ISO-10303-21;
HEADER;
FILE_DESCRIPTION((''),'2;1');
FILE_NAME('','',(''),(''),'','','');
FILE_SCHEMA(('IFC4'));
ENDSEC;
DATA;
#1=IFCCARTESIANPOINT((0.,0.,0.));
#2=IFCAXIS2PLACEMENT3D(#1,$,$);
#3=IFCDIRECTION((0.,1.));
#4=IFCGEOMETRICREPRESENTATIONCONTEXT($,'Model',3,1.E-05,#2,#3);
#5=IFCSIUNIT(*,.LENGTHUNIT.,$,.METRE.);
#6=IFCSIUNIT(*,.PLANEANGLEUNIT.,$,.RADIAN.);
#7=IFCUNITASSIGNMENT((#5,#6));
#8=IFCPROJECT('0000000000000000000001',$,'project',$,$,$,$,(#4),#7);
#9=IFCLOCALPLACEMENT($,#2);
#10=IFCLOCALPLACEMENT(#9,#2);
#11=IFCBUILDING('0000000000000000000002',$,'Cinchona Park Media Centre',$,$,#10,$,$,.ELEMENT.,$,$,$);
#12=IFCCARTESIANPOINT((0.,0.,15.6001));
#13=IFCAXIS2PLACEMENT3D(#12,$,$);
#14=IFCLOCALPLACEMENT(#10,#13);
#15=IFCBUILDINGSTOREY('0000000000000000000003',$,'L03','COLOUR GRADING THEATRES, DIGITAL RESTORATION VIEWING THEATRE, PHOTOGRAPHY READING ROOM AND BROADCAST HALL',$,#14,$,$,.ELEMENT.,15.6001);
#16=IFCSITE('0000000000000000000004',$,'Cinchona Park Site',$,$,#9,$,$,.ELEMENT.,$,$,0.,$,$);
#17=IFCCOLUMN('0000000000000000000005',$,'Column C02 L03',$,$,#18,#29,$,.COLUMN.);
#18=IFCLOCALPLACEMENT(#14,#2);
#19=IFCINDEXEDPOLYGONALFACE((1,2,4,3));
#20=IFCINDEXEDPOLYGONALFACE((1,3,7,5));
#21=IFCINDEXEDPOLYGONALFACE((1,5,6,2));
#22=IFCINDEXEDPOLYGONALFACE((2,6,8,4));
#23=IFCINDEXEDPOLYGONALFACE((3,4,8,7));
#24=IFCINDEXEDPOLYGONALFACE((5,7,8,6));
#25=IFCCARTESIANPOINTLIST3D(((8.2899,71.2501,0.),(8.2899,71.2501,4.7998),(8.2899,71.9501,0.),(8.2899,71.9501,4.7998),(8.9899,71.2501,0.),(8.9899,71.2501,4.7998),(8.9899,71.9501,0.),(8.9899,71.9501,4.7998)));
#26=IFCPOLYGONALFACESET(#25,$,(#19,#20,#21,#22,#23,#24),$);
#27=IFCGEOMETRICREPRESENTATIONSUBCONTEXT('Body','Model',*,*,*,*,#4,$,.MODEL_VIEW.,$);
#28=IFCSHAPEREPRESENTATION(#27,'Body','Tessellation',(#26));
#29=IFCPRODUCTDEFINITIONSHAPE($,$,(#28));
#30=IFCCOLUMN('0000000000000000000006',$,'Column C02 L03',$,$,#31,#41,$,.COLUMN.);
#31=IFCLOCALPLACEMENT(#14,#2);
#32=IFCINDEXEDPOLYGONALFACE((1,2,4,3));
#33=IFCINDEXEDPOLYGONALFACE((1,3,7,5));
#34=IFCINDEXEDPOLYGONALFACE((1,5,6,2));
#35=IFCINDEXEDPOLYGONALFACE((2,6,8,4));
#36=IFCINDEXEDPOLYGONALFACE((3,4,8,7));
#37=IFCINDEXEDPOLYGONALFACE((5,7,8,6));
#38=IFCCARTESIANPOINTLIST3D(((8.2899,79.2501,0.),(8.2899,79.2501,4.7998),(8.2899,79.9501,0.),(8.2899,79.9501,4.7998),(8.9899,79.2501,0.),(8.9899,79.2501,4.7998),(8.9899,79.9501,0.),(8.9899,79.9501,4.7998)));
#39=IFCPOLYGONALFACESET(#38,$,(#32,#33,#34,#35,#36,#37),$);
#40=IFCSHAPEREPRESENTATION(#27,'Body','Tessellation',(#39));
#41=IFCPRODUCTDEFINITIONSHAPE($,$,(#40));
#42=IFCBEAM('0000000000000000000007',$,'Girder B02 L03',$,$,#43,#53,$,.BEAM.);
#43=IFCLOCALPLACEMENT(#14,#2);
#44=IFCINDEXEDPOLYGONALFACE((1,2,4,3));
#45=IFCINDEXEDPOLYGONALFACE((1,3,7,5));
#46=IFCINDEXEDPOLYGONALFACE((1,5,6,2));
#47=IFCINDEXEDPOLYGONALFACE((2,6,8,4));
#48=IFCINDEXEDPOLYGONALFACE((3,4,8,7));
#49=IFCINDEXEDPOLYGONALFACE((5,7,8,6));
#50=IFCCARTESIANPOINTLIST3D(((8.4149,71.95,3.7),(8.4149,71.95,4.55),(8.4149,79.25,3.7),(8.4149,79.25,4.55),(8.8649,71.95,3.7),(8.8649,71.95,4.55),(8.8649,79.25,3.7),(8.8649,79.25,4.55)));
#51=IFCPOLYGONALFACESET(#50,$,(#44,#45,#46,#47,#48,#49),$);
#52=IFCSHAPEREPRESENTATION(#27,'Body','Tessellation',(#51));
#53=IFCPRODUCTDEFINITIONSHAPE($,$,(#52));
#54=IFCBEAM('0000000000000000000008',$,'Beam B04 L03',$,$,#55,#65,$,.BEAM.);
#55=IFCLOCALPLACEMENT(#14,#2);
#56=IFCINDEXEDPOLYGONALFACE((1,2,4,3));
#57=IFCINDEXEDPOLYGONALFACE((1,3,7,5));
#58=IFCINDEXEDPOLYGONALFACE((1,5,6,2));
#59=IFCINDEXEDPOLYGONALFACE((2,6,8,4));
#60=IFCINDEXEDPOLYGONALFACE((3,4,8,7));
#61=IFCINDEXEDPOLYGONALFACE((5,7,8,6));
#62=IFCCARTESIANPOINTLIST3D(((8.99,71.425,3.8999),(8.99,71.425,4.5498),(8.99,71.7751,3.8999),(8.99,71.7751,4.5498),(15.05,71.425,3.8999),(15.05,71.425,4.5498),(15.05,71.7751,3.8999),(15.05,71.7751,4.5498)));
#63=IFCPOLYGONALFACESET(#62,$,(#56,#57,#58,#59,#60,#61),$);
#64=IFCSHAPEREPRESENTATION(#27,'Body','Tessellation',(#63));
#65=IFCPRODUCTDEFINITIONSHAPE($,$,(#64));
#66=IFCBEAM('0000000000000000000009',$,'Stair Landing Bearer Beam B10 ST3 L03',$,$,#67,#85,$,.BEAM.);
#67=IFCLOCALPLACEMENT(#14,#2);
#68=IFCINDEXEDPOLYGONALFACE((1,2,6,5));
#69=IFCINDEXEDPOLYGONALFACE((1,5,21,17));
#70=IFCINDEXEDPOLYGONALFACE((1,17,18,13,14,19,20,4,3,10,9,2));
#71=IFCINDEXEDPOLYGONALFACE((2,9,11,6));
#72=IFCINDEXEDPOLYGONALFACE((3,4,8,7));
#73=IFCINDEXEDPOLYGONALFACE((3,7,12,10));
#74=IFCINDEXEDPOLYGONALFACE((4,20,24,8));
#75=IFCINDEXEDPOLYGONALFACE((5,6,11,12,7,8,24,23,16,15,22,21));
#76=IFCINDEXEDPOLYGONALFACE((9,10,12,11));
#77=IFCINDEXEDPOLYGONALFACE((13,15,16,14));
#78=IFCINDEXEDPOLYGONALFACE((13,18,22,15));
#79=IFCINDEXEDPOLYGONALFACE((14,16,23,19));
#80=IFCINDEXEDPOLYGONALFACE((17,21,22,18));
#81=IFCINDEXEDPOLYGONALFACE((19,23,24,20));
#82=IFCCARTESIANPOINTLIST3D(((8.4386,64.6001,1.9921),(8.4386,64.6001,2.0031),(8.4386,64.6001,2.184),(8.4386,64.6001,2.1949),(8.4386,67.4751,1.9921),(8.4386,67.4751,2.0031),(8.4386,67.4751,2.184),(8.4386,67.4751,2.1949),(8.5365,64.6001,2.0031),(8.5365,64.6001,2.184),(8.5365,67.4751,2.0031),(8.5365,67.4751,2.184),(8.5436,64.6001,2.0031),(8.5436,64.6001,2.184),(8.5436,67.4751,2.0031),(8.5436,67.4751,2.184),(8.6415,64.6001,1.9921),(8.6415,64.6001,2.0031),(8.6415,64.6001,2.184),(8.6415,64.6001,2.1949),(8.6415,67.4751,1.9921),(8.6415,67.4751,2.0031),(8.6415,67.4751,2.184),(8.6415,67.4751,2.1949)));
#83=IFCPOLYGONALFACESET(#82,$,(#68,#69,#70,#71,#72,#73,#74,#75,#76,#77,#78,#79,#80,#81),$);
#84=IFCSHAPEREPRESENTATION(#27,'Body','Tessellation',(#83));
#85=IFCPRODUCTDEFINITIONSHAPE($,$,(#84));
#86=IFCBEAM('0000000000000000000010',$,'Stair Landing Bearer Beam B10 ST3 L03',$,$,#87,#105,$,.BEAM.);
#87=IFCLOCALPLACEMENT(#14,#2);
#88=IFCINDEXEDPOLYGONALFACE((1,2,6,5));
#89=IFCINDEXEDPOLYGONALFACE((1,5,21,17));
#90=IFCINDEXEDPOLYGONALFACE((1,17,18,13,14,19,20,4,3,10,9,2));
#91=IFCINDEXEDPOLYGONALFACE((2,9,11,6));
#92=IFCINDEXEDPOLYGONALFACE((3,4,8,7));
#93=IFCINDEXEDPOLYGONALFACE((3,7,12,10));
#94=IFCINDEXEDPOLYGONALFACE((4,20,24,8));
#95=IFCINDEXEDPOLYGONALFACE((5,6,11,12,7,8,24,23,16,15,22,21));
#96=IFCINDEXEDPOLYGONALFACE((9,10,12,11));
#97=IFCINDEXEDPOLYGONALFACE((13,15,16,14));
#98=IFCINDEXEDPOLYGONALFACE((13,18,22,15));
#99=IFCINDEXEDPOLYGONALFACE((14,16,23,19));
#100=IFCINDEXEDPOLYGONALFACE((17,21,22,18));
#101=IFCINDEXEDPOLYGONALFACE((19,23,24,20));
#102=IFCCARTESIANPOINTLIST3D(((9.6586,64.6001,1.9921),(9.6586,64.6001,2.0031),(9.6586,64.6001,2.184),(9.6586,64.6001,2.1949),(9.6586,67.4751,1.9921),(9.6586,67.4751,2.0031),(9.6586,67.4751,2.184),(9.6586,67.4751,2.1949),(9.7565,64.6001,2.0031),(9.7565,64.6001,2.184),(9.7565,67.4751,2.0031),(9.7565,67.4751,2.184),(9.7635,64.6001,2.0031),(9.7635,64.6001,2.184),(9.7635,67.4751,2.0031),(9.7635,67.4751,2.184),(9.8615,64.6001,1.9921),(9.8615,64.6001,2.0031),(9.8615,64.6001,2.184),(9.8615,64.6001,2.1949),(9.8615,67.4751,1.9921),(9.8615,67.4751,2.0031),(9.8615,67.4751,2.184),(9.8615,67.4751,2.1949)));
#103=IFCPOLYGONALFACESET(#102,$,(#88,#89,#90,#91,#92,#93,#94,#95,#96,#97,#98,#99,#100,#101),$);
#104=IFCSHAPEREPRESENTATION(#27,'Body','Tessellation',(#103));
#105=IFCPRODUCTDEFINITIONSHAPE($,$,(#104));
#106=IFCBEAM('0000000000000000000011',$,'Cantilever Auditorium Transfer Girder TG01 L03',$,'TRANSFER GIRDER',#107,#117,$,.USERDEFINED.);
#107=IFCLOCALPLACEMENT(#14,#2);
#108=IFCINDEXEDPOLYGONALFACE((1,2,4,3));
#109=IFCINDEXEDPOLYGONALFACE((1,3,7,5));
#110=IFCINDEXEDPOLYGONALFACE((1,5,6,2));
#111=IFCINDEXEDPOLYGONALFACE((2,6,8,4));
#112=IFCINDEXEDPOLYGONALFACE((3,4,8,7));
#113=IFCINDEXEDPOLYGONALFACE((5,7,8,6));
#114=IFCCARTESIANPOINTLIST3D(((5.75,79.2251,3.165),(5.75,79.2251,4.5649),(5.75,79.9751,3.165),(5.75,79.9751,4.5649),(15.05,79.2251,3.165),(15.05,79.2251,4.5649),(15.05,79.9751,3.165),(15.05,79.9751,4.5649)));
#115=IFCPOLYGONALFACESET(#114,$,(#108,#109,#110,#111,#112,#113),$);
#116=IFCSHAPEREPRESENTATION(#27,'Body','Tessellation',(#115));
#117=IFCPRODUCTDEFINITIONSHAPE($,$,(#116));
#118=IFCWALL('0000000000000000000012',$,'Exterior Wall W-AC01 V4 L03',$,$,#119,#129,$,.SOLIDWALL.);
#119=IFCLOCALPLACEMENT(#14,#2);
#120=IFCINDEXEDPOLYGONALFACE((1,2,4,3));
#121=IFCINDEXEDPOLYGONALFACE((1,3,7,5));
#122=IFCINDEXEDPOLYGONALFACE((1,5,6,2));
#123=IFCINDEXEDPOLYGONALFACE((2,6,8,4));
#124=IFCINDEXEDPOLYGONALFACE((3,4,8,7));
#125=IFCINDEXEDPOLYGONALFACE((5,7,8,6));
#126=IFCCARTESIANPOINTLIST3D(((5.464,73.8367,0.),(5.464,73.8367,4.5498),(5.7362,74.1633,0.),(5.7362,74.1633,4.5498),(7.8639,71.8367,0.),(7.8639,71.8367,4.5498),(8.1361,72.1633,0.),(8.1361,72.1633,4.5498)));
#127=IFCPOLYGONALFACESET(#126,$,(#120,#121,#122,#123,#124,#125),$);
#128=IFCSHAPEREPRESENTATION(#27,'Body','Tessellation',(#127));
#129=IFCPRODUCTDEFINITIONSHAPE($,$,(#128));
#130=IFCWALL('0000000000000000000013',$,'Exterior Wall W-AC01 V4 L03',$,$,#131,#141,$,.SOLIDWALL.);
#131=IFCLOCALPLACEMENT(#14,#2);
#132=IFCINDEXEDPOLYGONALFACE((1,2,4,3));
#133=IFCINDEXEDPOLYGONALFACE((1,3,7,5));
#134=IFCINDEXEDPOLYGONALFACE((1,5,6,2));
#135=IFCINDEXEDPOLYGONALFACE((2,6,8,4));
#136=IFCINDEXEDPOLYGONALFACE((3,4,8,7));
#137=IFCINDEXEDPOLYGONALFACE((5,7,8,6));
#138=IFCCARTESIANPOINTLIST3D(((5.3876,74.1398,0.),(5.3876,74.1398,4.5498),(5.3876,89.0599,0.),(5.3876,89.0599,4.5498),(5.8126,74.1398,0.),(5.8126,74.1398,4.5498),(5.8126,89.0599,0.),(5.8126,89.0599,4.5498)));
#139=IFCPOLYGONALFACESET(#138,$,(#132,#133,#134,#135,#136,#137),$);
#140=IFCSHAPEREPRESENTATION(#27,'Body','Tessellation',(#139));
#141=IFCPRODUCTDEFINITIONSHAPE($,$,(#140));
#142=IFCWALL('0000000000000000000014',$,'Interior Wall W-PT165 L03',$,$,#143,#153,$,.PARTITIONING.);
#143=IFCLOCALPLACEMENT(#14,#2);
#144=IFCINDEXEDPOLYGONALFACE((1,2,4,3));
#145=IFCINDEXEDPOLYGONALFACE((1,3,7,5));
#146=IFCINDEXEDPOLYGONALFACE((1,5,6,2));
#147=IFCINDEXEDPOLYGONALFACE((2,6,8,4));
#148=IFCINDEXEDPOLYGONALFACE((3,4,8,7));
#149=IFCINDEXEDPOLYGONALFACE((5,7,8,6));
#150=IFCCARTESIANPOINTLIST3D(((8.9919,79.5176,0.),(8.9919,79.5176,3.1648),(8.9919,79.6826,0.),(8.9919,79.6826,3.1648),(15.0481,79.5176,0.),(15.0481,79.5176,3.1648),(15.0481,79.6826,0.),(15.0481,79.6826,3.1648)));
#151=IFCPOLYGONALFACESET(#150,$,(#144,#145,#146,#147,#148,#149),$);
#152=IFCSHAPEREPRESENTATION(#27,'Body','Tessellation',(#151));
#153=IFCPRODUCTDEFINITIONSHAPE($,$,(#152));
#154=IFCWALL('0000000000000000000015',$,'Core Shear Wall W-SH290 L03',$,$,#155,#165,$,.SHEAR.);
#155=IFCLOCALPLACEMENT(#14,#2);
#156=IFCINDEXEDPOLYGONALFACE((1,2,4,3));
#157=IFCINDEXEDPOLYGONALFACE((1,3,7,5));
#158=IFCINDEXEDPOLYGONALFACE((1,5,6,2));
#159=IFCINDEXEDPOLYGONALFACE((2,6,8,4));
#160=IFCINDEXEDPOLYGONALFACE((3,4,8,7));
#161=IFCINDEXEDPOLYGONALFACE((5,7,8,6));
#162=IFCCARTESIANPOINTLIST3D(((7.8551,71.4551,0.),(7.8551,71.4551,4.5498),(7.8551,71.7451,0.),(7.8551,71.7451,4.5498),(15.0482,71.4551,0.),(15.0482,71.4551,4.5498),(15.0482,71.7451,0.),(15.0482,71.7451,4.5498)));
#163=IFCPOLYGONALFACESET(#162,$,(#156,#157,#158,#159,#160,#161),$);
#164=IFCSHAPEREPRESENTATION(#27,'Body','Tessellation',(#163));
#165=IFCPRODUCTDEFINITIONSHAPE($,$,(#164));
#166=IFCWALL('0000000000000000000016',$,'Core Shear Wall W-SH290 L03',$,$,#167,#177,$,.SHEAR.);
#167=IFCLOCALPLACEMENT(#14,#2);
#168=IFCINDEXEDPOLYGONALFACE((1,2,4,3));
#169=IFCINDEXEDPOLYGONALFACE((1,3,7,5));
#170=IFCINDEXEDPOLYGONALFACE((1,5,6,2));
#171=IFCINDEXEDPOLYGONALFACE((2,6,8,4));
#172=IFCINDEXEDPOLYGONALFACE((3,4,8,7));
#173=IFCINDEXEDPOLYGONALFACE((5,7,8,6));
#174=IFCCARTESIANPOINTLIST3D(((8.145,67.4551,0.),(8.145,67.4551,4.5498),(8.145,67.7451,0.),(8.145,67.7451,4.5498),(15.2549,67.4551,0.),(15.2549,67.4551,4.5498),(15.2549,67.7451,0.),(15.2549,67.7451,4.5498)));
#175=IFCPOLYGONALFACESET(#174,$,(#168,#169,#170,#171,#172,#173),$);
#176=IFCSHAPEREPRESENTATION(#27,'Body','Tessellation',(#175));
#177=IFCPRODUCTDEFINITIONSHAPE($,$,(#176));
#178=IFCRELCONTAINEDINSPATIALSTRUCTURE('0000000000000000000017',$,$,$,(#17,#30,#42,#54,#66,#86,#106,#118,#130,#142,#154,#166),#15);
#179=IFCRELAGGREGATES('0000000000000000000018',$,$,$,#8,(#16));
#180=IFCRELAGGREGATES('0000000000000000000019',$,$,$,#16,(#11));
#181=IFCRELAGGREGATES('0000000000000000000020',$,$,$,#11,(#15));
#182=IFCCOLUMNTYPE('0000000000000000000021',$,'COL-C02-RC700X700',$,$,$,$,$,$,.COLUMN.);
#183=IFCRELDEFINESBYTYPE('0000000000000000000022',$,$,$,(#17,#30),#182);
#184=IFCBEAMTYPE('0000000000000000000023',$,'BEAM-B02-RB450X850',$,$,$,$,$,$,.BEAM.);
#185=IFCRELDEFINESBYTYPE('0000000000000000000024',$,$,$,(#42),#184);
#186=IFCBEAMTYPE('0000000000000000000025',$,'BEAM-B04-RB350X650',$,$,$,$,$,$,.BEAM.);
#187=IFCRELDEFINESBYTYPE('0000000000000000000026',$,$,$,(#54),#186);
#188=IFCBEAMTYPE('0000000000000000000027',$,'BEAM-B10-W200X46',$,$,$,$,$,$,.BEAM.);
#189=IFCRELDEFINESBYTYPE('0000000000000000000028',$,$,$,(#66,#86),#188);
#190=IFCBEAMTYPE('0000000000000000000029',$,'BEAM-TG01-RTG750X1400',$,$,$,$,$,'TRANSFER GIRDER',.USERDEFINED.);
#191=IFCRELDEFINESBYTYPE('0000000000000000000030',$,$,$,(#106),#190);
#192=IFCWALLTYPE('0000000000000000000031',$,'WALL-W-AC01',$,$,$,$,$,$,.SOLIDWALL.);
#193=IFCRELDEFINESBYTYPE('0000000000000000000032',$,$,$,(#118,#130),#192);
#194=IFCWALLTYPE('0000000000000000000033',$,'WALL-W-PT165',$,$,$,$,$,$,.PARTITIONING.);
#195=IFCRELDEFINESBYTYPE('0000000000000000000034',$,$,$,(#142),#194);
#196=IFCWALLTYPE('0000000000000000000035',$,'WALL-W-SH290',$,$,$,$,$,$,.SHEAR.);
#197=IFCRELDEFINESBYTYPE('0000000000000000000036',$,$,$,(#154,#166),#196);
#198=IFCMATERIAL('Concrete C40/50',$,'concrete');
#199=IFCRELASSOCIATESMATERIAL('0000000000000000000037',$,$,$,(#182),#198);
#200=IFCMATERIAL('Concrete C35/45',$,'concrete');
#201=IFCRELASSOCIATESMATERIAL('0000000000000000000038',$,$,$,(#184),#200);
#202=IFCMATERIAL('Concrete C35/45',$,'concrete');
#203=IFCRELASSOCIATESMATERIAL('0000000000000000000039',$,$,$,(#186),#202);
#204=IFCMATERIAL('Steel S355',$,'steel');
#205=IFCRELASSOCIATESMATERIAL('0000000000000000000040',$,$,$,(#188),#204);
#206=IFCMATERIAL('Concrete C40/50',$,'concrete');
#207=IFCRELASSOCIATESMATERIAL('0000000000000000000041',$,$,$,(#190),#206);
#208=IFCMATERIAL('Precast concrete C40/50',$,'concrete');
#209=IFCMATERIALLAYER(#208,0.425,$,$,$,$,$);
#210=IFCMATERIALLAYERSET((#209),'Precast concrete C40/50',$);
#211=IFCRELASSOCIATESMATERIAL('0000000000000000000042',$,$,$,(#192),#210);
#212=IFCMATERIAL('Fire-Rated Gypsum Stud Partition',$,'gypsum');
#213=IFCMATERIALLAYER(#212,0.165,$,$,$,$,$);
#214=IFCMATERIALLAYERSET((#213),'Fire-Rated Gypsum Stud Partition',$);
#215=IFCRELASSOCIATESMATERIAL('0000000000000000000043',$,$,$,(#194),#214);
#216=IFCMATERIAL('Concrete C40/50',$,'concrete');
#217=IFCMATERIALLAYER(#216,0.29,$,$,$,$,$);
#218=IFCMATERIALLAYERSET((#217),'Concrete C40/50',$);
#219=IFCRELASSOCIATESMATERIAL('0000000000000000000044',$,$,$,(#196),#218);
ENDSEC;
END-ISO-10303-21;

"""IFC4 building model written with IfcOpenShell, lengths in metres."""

from ifc_helpers import new_model, si_unit, direction, frame, frame_2d, origin, origin_2d, place, context, subcontext, project, spatial, rectangle, i_section, extrude, material, layer, layer_set, material_profile, profile_set, type_object, element, save


model = new_model("IFC4")

# Units and contexts
model_context = context("Model", 3, precision=1e-05, world=origin(), true_north=direction((0.0, 1.0)))
body_context = subcontext(model_context, "Body", "Model", "MODEL_VIEW")
ifc_project = project(units=[si_unit("LENGTHUNIT", "METRE"), si_unit("PLANEANGLEUNIT", "RADIAN")], contexts=[model_context])

# Site, building, storey
site_placement = place(None, origin())
site = spatial("IfcSite", under=ifc_project, at=site_placement, Name="Cinchona Park Site", CompositionType="ELEMENT", RefElevation=0.0)
building_placement = place(site_placement, origin())
building = spatial("IfcBuilding", under=site, at=building_placement, Name="Cinchona Park Media Centre", CompositionType="ELEMENT")
storey_placement = place(building_placement, frame((0.0, 0.0, 15.6001)))
storey = spatial("IfcBuildingStorey", under=building, at=storey_placement, Name="L03", Description="COLOUR GRADING THEATRES, DIGITAL RESTORATION VIEWING THEATRE, PHOTOGRAPHY READING ROOM AND BROADCAST HALL", CompositionType="ELEMENT", Elevation=15.6001)

# Columns
ifc_material_1 = material(Name="Concrete C40/50", Category="concrete")
ifc_material_profile_1 = material_profile(ifc_material_1, rectangle(XDim=0.7, YDim=0.7, at=origin_2d()), Name="RC 700X700")
ifc_profile_set_1 = profile_set([ifc_material_profile_1], Name="Concrete C40/50")
column_type = type_object("IfcColumnType", Name="COL-C02-RC700X700", PredefinedType="COLUMN", material=ifc_profile_set_1)
for number, where, z_axis, x_axis, name in (
    (1, (8.6399, 71.6001, 0.0), (0.0, 0.0, 1.0), (1.0, 0.0, 0.0), "Column C02 L03"),
    (2, (8.6399, 79.6001, 0.0), (0.0, 0.0, 1.0), (1.0, 0.0, 0.0), "Column C02 L03"),
):
    element("IfcColumn", number, at=place(storey_placement, frame(where, z_axis=z_axis, x_axis=x_axis)), inside=storey, type_object=column_type, Name=name, PredefinedType="COLUMN", context=body_context, shape_type="SweptSolid", body=[
        extrude(rectangle(XDim=0.7, YDim=0.7, at=origin_2d()), origin(), (0.0, 0.0, 1.0), 4.7998),
    ])

# Beams
ifc_material_2 = material(Name="Concrete C35/45", Category="concrete")
ifc_material_profile_2 = material_profile(ifc_material_2, rectangle(XDim=0.45, YDim=0.8501, at=origin_2d()), Name="RB 450X850")
ifc_profile_set_2 = profile_set([ifc_material_profile_2], Name="Concrete C35/45")
beam_type_1 = type_object("IfcBeamType", Name="BEAM-B02-RB450X850", PredefinedType="BEAM", material=ifc_profile_set_2)
beam_1_placement = place(storey_placement, frame((8.6399, 71.95, 4.125), z_axis=(0.0, 1.0, 0.0), x_axis=(-1.0, 0.0, 0.0)))
element("IfcBeam", 3, at=beam_1_placement, inside=storey, type_object=beam_type_1, Name="Girder B02 L03", PredefinedType="BEAM", context=body_context, shape_type="SweptSolid", body=[
    extrude(rectangle(XDim=0.45, YDim=0.8501, at=origin_2d()), origin(), (0.0, 0.0, 1.0), 7.3),
])
ifc_material_3 = material(Name="Concrete C35/45", Category="concrete")
ifc_material_profile_3 = material_profile(ifc_material_3, rectangle(XDim=0.3501, YDim=0.6499, at=origin_2d()), Name="RB 350X650")
ifc_profile_set_3 = profile_set([ifc_material_profile_3], Name="Concrete C35/45")
beam_type_2 = type_object("IfcBeamType", Name="BEAM-B04-RB350X650", PredefinedType="BEAM", material=ifc_profile_set_3)
beam_2_placement = place(storey_placement, frame((8.99, 71.6001, 4.2249), z_axis=(1.0, 0.0, 0.0), x_axis=(0.0, 1.0, 0.0)))
element("IfcBeam", 4, at=beam_2_placement, inside=storey, type_object=beam_type_2, Name="Beam B04 L03", PredefinedType="BEAM", context=body_context, shape_type="SweptSolid", body=[
    extrude(rectangle(XDim=0.3501, YDim=0.6499, at=origin_2d()), origin(), (0.0, 0.0, 1.0), 6.0601),
])
ifc_material_4 = material(Name="Steel S355", Category="steel")
ifc_material_profile_4 = material_profile(ifc_material_4, i_section(OverallWidth=0.2029, OverallDepth=0.2029, WebThickness=0.0071, FlangeThickness=0.011, at=origin_2d()), Name="W200X46")
ifc_profile_set_4 = profile_set([ifc_material_profile_4], Name="Steel S355")
beam_type_3 = type_object("IfcBeamType", Name="BEAM-B10-W200X46", PredefinedType="BEAM", material=ifc_profile_set_4)
for number, where, z_axis, x_axis, name in (
    (5, (8.54, 67.4751, 2.0935), (0.0, -1.0, 0.0), (1.0, 0.0, 0.0), "Stair Landing Bearer Beam B10 ST3 L03"),
    (6, (9.76, 67.4751, 2.0935), (0.0, -1.0, 0.0), (1.0, 0.0, 0.0), "Stair Landing Bearer Beam B10 ST3 L03"),
):
    element("IfcBeam", number, at=place(storey_placement, frame(where, z_axis=z_axis, x_axis=x_axis)), inside=storey, type_object=beam_type_3, Name=name, PredefinedType="BEAM", context=body_context, shape_type="SweptSolid", body=[
        extrude(i_section(OverallWidth=0.2029, OverallDepth=0.2029, WebThickness=0.0071, FlangeThickness=0.011, at=origin_2d()), origin(), (0.0, 0.0, 1.0), 2.875),
    ])
ifc_material_5 = material(Name="Concrete C40/50", Category="concrete")
ifc_material_profile_5 = material_profile(ifc_material_5, rectangle(XDim=0.75, YDim=1.3999, at=origin_2d()), Name="RTG 750X1400")
ifc_profile_set_5 = profile_set([ifc_material_profile_5], Name="Concrete C40/50")
beam_type_4 = type_object("IfcBeamType", Name="BEAM-TG01-RTG750X1400", ElementType="TRANSFER GIRDER", PredefinedType="USERDEFINED", material=ifc_profile_set_5)
beam_3_placement = place(storey_placement, frame((5.75, 79.6001, 3.865), z_axis=(1.0, 0.0, 0.0), x_axis=(0.0, 1.0, 0.0)))
element("IfcBeam", 7, at=beam_3_placement, inside=storey, type_object=beam_type_4, Name="Cantilever Auditorium Transfer Girder TG01 L03", ObjectType="TRANSFER GIRDER", PredefinedType="USERDEFINED", context=body_context, shape_type="SweptSolid", body=[
    extrude(rectangle(XDim=0.75, YDim=1.3999, at=origin_2d()), origin(), (0.0, 0.0, 1.0), 9.3),
])

# Walls
ifc_material_6 = material(Name="Precast concrete C40/50", Category="concrete")
ifc_layer_1 = layer(ifc_material_6, 0.425)
ifc_layer_set_1 = layer_set([ifc_layer_1], Name="Precast concrete C40/50")
wall_type_1 = type_object("IfcWallType", Name="WALL-W-AC01", PredefinedType="SOLIDWALL", material=ifc_layer_set_1)
wall_1_placement = place(storey_placement, frame((8.0, 72.0, 0.0), z_axis=(0.0, 0.0, 1.0), x_axis=(-0.768208, 0.6402, 0.0)))
element("IfcWall", 8, at=wall_1_placement, inside=storey, type_object=wall_type_1, Name="Exterior Wall W-AC01 V4 L03", PredefinedType="SOLIDWALL", context=body_context, shape_type="SweptSolid", body=[
    extrude(rectangle(XDim=3.124, YDim=0.425, at=frame_2d((1.562, 0.0))), origin(), (0.0, 0.0, 1.0), 4.5498),
])
wall_2_placement = place(storey_placement, frame((5.6001, 74.1399, 0.0), z_axis=(0.0, 0.0, 1.0), x_axis=(0.0, 1.0, 0.0)))
element("IfcWall", 9, at=wall_2_placement, inside=storey, type_object=wall_type_1, Name="Exterior Wall W-AC01 V4 L03", PredefinedType="SOLIDWALL", context=body_context, shape_type="SweptSolid", body=[
    extrude(rectangle(XDim=14.9202, YDim=0.425, at=frame_2d((7.46, 0.0))), origin(), (0.0, 0.0, 1.0), 4.5498),
])
ifc_material_7 = material(Name="Fire-Rated Gypsum Stud Partition", Category="gypsum")
ifc_layer_2 = layer(ifc_material_7, 0.165)
ifc_layer_set_2 = layer_set([ifc_layer_2], Name="Fire-Rated Gypsum Stud Partition")
wall_type_2 = type_object("IfcWallType", Name="WALL-W-PT165", PredefinedType="PARTITIONING", material=ifc_layer_set_2)
wall_3_placement = place(storey_placement, frame((8.9919, 79.6001, 0.0), z_axis=(0.0, 0.0, 1.0), x_axis=(1.0, 0.0, 0.0)))
element("IfcWall", 10, at=wall_3_placement, inside=storey, type_object=wall_type_2, Name="Interior Wall W-PT165 L03", PredefinedType="PARTITIONING", context=body_context, shape_type="SweptSolid", body=[
    extrude(rectangle(XDim=6.0562, YDim=0.165, at=frame_2d((3.0281, 0.0))), origin(), (0.0, 0.0, 1.0), 3.1648),
])
ifc_material_8 = material(Name="Concrete C40/50", Category="concrete")
ifc_layer_3 = layer(ifc_material_8, 0.29)
ifc_layer_set_3 = layer_set([ifc_layer_3], Name="Concrete C40/50")
wall_type_3 = type_object("IfcWallType", Name="WALL-W-SH290", PredefinedType="SHEAR", material=ifc_layer_set_3)
wall_4_placement = place(storey_placement, frame((7.855, 71.6001, 0.0), z_axis=(0.0, 0.0, 1.0), x_axis=(1.0, 0.0, 0.0)))
element("IfcWall", 11, at=wall_4_placement, inside=storey, type_object=wall_type_3, Name="Core Shear Wall W-SH290 L03", PredefinedType="SHEAR", context=body_context, shape_type="SweptSolid", body=[
    extrude(rectangle(XDim=7.1931, YDim=0.29, at=frame_2d((3.5967, 0.0))), origin(), (0.0, 0.0, 1.0), 4.5498),
])
wall_5_placement = place(storey_placement, frame((8.145, 67.6001, 0.0), z_axis=(0.0, 0.0, 1.0), x_axis=(1.0, 0.0, 0.0)))
element("IfcWall", 12, at=wall_5_placement, inside=storey, type_object=wall_type_3, Name="Core Shear Wall W-SH290 L03", PredefinedType="SHEAR", context=body_context, shape_type="SweptSolid", body=[
    extrude(rectangle(XDim=7.1099, YDim=0.29, at=frame_2d((3.5549, 0.0))), origin(), (0.0, 0.0, 1.0), 4.5498),
])

save(model, "model.ifc")
